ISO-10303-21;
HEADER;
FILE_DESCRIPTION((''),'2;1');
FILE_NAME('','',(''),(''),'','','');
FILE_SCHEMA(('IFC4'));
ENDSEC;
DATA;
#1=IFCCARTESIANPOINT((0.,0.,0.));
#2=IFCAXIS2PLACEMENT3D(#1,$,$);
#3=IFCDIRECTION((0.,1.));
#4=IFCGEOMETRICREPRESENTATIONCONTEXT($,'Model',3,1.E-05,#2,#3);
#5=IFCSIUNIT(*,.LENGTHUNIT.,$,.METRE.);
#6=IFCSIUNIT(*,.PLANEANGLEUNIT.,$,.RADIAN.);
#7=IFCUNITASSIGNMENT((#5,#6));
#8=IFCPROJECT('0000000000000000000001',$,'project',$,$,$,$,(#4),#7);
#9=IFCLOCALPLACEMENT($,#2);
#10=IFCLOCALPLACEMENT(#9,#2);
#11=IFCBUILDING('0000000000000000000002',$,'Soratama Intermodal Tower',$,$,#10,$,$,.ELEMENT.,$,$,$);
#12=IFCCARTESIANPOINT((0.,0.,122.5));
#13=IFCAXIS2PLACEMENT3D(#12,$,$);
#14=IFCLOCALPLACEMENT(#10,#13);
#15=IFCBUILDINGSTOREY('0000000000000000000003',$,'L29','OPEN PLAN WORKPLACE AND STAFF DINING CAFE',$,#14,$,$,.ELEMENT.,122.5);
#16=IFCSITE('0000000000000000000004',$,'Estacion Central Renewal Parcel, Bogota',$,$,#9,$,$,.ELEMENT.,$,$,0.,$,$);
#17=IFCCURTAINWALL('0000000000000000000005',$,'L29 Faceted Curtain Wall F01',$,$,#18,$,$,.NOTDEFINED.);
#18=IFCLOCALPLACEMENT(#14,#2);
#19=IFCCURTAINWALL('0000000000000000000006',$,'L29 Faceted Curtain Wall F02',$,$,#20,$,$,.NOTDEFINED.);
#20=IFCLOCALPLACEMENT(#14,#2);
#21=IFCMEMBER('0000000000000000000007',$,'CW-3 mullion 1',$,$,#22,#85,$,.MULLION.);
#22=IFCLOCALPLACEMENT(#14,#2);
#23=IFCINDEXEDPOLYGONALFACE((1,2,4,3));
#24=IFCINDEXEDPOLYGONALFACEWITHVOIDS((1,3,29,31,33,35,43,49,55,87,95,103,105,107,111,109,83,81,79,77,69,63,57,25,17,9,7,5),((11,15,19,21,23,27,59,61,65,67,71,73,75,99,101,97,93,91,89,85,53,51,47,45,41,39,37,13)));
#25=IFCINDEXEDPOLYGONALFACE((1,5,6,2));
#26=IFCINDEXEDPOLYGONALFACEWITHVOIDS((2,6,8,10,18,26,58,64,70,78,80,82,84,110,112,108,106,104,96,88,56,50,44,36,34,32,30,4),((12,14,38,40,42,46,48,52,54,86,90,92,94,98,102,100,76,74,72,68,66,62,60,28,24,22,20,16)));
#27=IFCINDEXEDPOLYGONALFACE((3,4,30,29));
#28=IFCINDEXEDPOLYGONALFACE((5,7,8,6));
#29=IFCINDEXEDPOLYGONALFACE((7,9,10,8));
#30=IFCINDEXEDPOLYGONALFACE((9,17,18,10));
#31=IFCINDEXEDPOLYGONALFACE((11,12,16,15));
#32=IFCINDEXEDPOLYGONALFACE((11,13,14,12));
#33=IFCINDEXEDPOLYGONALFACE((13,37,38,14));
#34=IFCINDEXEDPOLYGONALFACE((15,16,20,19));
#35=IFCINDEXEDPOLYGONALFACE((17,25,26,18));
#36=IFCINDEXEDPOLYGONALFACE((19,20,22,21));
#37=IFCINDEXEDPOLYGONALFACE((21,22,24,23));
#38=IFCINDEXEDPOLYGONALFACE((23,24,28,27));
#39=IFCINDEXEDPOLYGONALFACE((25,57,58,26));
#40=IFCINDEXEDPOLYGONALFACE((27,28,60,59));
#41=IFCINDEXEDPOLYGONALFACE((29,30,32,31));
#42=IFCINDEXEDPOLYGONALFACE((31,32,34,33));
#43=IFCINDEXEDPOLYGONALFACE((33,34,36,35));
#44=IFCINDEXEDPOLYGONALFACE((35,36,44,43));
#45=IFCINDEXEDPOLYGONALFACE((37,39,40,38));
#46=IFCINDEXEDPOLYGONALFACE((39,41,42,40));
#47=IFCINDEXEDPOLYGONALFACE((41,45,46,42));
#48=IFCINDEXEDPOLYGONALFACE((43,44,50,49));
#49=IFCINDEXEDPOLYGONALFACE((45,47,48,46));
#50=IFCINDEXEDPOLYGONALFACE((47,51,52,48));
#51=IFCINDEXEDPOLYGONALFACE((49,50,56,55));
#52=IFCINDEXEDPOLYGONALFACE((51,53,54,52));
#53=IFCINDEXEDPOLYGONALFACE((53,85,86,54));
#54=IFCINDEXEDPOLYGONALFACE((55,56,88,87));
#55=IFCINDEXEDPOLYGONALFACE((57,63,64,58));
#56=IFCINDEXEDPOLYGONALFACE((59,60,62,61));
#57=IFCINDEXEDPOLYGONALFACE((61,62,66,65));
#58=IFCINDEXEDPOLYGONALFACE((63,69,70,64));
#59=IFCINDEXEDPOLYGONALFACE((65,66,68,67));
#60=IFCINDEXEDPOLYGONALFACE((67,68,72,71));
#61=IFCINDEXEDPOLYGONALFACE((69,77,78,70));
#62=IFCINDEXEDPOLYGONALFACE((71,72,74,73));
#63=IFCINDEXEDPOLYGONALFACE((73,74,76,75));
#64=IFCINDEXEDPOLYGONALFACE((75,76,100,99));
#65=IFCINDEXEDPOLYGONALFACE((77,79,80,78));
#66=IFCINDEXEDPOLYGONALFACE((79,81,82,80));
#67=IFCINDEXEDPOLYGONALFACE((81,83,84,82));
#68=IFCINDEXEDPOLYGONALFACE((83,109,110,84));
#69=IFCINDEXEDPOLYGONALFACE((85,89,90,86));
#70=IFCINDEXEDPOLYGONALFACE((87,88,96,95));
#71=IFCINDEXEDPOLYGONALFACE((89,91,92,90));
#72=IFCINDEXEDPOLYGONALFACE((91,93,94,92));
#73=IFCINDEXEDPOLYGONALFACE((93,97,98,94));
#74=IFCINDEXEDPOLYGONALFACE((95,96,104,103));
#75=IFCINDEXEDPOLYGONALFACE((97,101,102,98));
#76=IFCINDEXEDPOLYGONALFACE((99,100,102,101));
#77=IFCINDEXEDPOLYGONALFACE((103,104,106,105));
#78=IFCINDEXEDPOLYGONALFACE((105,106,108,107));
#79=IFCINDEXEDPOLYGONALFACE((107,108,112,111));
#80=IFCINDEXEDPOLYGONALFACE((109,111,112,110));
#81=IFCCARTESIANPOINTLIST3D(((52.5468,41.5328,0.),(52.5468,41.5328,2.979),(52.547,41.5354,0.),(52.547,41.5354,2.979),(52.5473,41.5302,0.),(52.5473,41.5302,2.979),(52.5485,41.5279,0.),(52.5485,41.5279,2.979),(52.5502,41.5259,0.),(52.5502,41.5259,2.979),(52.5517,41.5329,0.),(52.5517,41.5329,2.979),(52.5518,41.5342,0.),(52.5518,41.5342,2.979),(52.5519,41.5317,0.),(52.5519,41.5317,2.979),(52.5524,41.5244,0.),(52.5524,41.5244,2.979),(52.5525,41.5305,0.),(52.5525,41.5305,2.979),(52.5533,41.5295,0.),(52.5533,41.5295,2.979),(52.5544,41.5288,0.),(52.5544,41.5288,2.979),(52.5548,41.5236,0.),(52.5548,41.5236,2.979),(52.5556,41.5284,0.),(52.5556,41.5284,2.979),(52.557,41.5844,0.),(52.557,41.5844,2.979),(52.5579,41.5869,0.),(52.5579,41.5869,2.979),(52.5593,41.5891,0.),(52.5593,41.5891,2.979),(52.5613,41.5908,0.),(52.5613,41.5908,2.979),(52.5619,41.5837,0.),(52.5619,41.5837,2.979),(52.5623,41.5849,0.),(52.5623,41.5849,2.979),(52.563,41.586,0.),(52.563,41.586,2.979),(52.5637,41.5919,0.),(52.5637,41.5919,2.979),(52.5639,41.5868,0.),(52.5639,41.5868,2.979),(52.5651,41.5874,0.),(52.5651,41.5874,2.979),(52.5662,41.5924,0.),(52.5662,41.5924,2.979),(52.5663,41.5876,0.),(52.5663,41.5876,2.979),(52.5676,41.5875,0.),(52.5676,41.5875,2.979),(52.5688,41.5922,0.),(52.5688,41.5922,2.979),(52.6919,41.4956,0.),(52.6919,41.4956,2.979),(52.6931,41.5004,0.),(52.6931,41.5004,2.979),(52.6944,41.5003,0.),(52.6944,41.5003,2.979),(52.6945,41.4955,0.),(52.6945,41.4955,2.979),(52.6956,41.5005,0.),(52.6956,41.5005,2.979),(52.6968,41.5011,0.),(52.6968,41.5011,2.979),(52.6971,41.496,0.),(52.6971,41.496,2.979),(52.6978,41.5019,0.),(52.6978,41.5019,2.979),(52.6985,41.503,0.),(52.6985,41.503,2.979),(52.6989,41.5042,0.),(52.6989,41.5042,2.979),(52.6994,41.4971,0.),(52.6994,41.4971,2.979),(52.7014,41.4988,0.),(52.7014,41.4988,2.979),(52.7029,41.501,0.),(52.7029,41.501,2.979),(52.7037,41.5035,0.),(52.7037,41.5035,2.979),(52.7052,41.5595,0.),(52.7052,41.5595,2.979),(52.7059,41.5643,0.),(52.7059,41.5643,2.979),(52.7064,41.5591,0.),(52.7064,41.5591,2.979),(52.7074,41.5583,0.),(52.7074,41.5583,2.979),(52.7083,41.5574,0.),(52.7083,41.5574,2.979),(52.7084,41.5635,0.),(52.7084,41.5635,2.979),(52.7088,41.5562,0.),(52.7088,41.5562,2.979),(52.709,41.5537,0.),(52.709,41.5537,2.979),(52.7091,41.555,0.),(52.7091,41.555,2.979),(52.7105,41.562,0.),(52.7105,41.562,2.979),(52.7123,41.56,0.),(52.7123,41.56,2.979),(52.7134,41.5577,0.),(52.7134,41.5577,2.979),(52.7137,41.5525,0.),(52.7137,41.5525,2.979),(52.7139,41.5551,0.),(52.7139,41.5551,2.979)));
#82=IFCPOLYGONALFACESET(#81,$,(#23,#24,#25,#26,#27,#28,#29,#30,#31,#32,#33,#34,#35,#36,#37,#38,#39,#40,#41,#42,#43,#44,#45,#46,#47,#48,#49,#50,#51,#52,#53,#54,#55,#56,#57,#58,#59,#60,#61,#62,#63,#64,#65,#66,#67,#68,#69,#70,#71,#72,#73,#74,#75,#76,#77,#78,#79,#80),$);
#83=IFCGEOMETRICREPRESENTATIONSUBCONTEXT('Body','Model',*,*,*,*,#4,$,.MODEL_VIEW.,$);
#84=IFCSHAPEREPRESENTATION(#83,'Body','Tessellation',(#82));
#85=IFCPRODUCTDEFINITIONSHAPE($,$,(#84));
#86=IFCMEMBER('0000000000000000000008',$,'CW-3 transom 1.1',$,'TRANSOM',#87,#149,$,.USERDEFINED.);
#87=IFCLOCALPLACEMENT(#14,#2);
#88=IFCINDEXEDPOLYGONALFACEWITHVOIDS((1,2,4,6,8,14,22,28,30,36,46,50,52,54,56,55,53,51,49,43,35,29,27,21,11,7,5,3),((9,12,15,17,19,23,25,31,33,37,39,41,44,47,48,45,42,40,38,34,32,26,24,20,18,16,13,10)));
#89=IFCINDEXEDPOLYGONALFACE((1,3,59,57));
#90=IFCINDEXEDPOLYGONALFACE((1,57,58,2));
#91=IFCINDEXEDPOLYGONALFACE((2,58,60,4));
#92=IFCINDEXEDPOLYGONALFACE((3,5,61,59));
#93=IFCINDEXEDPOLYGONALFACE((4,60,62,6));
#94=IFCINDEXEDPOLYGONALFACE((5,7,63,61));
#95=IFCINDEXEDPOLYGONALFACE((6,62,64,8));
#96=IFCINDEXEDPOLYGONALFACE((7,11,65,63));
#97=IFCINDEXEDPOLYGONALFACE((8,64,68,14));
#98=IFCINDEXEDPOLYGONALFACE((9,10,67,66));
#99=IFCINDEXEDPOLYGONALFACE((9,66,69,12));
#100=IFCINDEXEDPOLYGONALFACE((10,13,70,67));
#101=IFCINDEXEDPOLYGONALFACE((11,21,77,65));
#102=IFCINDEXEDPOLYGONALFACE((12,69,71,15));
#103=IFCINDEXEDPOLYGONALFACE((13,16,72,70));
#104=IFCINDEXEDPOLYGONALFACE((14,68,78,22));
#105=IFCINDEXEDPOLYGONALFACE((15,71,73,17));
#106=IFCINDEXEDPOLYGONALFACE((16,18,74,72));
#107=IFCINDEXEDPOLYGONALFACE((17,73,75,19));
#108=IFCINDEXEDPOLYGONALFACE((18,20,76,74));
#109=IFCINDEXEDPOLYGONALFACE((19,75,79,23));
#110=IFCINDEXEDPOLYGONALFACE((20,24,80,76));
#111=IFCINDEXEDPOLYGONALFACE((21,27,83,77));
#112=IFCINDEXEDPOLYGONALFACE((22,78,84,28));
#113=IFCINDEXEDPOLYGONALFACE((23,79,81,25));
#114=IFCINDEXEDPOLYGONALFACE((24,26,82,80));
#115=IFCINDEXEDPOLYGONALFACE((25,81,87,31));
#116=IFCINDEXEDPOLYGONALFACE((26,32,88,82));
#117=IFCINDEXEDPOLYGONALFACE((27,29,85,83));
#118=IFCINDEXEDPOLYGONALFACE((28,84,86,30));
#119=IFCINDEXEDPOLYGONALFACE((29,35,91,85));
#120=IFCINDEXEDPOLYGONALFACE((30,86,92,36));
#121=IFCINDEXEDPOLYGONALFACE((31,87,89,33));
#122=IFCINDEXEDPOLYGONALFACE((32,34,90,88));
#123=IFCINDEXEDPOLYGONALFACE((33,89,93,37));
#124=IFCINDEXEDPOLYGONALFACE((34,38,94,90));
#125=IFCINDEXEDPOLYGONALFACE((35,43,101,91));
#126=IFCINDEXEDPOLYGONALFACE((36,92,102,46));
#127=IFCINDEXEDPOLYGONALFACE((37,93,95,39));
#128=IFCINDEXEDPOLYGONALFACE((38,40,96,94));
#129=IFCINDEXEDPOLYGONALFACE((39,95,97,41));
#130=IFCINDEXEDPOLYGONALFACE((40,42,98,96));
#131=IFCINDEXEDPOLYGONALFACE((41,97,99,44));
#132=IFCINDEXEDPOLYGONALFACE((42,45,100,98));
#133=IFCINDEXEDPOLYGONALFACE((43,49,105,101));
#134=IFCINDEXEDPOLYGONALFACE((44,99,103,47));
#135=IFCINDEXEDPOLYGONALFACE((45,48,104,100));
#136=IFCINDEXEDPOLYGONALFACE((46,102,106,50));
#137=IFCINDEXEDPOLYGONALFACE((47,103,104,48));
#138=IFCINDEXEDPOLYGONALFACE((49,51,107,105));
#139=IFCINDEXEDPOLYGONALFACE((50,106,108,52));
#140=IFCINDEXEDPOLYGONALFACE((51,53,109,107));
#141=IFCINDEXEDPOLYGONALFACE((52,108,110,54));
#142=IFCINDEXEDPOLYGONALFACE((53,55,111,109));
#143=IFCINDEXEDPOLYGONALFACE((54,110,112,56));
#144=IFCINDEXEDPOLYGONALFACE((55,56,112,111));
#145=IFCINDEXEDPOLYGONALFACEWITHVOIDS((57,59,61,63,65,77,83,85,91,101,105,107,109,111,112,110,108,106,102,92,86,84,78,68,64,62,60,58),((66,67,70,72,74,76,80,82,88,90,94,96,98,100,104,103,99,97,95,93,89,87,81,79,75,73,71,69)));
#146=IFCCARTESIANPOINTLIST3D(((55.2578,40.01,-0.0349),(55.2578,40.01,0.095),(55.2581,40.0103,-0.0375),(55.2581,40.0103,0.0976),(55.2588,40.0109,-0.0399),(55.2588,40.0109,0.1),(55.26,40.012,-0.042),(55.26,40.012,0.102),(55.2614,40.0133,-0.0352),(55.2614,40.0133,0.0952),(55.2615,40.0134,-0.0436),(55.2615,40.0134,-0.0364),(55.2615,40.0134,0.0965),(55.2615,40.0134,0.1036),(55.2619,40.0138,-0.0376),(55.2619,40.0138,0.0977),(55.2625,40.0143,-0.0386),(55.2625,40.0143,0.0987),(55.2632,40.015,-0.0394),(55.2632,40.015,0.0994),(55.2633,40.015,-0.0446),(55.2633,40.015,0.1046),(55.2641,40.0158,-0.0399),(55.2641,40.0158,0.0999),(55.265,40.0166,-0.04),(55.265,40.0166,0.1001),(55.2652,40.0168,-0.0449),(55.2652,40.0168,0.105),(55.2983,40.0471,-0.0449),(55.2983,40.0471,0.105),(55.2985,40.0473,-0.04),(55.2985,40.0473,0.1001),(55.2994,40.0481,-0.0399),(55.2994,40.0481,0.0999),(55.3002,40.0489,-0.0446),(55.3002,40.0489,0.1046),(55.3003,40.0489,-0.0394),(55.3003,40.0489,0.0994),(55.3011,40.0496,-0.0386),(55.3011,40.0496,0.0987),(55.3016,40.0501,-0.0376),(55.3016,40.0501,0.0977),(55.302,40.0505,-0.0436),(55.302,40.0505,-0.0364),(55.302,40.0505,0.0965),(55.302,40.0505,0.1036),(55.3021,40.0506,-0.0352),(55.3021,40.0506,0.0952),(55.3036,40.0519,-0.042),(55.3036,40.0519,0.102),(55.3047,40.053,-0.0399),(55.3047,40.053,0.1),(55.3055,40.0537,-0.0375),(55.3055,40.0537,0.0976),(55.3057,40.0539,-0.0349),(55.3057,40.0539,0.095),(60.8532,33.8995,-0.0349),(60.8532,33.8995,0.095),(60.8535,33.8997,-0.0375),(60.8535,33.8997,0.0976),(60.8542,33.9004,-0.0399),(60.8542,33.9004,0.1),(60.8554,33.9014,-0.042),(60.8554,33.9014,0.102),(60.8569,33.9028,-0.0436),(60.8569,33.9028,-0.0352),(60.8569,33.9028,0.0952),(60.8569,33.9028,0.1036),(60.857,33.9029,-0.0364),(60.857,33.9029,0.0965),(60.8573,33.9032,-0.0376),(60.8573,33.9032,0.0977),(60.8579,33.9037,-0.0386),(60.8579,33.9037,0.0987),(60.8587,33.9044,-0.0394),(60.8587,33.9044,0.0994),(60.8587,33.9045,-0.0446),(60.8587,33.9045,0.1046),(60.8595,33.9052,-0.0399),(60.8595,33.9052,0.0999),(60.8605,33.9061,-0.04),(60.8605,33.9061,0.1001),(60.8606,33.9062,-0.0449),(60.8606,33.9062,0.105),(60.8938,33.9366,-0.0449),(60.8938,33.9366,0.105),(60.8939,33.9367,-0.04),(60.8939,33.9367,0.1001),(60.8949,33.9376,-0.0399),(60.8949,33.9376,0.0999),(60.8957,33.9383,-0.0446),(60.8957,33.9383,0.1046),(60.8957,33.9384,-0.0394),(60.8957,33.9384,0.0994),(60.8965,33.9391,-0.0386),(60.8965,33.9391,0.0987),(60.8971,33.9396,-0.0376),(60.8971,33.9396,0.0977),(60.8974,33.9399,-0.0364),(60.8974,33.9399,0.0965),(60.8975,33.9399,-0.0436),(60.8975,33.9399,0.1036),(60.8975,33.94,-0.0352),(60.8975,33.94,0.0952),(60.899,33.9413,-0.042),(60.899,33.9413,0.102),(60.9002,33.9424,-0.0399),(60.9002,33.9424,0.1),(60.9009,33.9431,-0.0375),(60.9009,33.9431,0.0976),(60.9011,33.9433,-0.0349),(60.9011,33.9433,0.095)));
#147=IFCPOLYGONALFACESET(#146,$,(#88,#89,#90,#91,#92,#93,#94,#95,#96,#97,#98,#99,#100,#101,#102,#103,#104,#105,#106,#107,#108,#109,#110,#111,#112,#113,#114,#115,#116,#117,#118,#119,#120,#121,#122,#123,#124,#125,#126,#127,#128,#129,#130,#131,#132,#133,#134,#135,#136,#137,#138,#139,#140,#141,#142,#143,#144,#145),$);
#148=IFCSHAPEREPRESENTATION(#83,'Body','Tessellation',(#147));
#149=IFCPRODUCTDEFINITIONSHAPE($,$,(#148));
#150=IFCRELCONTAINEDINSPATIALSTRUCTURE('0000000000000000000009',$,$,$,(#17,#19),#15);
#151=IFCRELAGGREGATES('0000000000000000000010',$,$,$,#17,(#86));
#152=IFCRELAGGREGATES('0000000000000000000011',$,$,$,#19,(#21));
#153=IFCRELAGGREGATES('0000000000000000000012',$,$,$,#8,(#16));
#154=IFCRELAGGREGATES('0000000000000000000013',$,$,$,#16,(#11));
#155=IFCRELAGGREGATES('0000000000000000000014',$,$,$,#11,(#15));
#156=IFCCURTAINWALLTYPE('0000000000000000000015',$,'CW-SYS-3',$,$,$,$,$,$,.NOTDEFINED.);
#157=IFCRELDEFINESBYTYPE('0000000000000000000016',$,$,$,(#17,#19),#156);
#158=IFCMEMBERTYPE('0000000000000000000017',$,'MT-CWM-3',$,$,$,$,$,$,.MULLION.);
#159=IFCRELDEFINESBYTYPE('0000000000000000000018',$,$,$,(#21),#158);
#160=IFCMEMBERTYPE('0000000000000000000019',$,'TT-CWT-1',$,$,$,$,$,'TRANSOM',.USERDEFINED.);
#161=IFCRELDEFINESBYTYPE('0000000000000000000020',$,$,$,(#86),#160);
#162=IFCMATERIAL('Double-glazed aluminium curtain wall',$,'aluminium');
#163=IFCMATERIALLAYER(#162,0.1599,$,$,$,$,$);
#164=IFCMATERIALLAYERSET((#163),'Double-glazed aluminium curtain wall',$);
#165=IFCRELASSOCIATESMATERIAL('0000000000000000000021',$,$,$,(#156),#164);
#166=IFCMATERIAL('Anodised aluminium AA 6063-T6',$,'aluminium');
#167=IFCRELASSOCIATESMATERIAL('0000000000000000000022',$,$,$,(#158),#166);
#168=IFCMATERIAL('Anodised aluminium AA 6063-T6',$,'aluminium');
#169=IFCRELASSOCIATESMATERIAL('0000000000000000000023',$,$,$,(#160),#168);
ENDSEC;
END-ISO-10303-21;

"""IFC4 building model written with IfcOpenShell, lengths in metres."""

from ifc_helpers import new_model, si_unit, direction, frame, origin, origin_2d, place, context, subcontext, project, spatial, hollow_rectangle, extrude, material, layer, layer_set, material_profile, profile_set, type_object, element, aggregate, save


model = new_model("IFC4")

# Units and contexts
model_context = context("Model", 3, precision=1e-05, world=origin(), true_north=direction((0.0, 1.0)))
body_context = subcontext(model_context, "Body", "Model", "MODEL_VIEW")
ifc_project = project(units=[si_unit("LENGTHUNIT", "METRE"), si_unit("PLANEANGLEUNIT", "RADIAN")], contexts=[model_context])

# Site, building, storey
site_placement = place(None, origin())
site = spatial("IfcSite", under=ifc_project, at=site_placement, Name="Estacion Central Renewal Parcel, Bogota", CompositionType="ELEMENT", RefElevation=0.0)
building_placement = place(site_placement, origin())
building = spatial("IfcBuilding", under=site, at=building_placement, Name="Soratama Intermodal Tower", CompositionType="ELEMENT")
storey_placement = place(building_placement, frame((0.0, 0.0, 122.5)))
storey = spatial("IfcBuildingStorey", under=building, at=storey_placement, Name="L29", Description="OPEN PLAN WORKPLACE AND STAFF DINING CAFE", CompositionType="ELEMENT", Elevation=122.5)

# Curtain wall
ifc_material_1 = material(Name="Double-glazed aluminium curtain wall", Category="aluminium")
ifc_layer_1 = layer(ifc_material_1, 0.1599)
ifc_layer_set_1 = layer_set([ifc_layer_1], Name="Double-glazed aluminium curtain wall")
curtain_wall_type = type_object("IfcCurtainWallType", Name="CW-SYS-3", PredefinedType="NOTDEFINED", material=ifc_layer_set_1)
curtain_wall_1_placement = place(storey_placement, origin())
curtain_wall_1 = element("IfcCurtainWall", 1, at=curtain_wall_1_placement, inside=storey, type_object=curtain_wall_type, Name="L29 Faceted Curtain Wall F01", PredefinedType="NOTDEFINED")
ifc_material_2 = material(Name="Anodised aluminium AA 6063-T6", Category="aluminium")
ifc_material_profile_1 = material_profile(ifc_material_2, hollow_rectangle(XDim=0.0701, YDim=0.1599, WallThickness=0.0049, InnerFilletRadius=0.0049, OuterFilletRadius=0.01, at=origin_2d()), Name="CWM160X70X5")
ifc_profile_set_1 = profile_set([ifc_material_profile_1], Name="Anodised aluminium AA 6063-T6")
member_type_1 = type_object("IfcMemberType", Name="MT-CWM-3", PredefinedType="MULLION", material=ifc_profile_set_1)

# Curtain wall, member
curtain_wall_2_placement = place(storey_placement, origin())
curtain_wall_2 = element("IfcCurtainWall", 2, at=curtain_wall_2_placement, inside=storey, type_object=curtain_wall_type, Name="L29 Faceted Curtain Wall F02", PredefinedType="NOTDEFINED")
member_1_placement = place(storey_placement, frame((52.6304, 41.5439, 0.0), z_axis=(0.0, 0.0, 1.0), x_axis=(-0.199709, -0.979855, 0.0)))
member_1 = element("IfcMember", 3, at=member_1_placement, type_object=member_type_1, Name="CW-3 mullion 1", PredefinedType="MULLION", context=body_context, shape_type="SweptSolid", body=[
    extrude(hollow_rectangle(XDim=0.0701, YDim=0.1599, WallThickness=0.0049, InnerFilletRadius=0.0049, OuterFilletRadius=0.01, at=origin_2d()), origin(), (0.0, 0.0, 1.0), 2.979),
])

# Member
ifc_material_3 = material(Name="Anodised aluminium AA 6063-T6", Category="aluminium")
ifc_material_profile_2 = material_profile(ifc_material_3, hollow_rectangle(XDim=0.0649, YDim=0.1499, WallThickness=0.0049, InnerFilletRadius=0.0049, OuterFilletRadius=0.01, at=origin_2d()), Name="CWT150X65X5")
ifc_profile_set_2 = profile_set([ifc_material_profile_2], Name="Anodised aluminium AA 6063-T6")
member_type_2 = type_object("IfcMemberType", Name="TT-CWT-1", ElementType="TRANSOM", PredefinedType="USERDEFINED", material=ifc_profile_set_2)
member_2_placement = place(storey_placement, frame((60.8772, 33.9214, 0.03), z_axis=(-0.675336, 0.73751, 0.0), x_axis=(-0.73751, -0.675336, 0.0)))
member_2 = element("IfcMember", 4, at=member_2_placement, type_object=member_type_2, Name="CW-3 transom 1.1", ObjectType="TRANSOM", PredefinedType="USERDEFINED", context=body_context, shape_type="SweptSolid", body=[
    extrude(hollow_rectangle(XDim=0.0649, YDim=0.1499, WallThickness=0.0049, InnerFilletRadius=0.0049, OuterFilletRadius=0.01, at=origin_2d()), origin(), (0.0, 0.0, 1.0), 8.2854),
])

aggregate(curtain_wall_1, [member_2])
aggregate(curtain_wall_2, [member_1])

save(model, "model.ifc")
